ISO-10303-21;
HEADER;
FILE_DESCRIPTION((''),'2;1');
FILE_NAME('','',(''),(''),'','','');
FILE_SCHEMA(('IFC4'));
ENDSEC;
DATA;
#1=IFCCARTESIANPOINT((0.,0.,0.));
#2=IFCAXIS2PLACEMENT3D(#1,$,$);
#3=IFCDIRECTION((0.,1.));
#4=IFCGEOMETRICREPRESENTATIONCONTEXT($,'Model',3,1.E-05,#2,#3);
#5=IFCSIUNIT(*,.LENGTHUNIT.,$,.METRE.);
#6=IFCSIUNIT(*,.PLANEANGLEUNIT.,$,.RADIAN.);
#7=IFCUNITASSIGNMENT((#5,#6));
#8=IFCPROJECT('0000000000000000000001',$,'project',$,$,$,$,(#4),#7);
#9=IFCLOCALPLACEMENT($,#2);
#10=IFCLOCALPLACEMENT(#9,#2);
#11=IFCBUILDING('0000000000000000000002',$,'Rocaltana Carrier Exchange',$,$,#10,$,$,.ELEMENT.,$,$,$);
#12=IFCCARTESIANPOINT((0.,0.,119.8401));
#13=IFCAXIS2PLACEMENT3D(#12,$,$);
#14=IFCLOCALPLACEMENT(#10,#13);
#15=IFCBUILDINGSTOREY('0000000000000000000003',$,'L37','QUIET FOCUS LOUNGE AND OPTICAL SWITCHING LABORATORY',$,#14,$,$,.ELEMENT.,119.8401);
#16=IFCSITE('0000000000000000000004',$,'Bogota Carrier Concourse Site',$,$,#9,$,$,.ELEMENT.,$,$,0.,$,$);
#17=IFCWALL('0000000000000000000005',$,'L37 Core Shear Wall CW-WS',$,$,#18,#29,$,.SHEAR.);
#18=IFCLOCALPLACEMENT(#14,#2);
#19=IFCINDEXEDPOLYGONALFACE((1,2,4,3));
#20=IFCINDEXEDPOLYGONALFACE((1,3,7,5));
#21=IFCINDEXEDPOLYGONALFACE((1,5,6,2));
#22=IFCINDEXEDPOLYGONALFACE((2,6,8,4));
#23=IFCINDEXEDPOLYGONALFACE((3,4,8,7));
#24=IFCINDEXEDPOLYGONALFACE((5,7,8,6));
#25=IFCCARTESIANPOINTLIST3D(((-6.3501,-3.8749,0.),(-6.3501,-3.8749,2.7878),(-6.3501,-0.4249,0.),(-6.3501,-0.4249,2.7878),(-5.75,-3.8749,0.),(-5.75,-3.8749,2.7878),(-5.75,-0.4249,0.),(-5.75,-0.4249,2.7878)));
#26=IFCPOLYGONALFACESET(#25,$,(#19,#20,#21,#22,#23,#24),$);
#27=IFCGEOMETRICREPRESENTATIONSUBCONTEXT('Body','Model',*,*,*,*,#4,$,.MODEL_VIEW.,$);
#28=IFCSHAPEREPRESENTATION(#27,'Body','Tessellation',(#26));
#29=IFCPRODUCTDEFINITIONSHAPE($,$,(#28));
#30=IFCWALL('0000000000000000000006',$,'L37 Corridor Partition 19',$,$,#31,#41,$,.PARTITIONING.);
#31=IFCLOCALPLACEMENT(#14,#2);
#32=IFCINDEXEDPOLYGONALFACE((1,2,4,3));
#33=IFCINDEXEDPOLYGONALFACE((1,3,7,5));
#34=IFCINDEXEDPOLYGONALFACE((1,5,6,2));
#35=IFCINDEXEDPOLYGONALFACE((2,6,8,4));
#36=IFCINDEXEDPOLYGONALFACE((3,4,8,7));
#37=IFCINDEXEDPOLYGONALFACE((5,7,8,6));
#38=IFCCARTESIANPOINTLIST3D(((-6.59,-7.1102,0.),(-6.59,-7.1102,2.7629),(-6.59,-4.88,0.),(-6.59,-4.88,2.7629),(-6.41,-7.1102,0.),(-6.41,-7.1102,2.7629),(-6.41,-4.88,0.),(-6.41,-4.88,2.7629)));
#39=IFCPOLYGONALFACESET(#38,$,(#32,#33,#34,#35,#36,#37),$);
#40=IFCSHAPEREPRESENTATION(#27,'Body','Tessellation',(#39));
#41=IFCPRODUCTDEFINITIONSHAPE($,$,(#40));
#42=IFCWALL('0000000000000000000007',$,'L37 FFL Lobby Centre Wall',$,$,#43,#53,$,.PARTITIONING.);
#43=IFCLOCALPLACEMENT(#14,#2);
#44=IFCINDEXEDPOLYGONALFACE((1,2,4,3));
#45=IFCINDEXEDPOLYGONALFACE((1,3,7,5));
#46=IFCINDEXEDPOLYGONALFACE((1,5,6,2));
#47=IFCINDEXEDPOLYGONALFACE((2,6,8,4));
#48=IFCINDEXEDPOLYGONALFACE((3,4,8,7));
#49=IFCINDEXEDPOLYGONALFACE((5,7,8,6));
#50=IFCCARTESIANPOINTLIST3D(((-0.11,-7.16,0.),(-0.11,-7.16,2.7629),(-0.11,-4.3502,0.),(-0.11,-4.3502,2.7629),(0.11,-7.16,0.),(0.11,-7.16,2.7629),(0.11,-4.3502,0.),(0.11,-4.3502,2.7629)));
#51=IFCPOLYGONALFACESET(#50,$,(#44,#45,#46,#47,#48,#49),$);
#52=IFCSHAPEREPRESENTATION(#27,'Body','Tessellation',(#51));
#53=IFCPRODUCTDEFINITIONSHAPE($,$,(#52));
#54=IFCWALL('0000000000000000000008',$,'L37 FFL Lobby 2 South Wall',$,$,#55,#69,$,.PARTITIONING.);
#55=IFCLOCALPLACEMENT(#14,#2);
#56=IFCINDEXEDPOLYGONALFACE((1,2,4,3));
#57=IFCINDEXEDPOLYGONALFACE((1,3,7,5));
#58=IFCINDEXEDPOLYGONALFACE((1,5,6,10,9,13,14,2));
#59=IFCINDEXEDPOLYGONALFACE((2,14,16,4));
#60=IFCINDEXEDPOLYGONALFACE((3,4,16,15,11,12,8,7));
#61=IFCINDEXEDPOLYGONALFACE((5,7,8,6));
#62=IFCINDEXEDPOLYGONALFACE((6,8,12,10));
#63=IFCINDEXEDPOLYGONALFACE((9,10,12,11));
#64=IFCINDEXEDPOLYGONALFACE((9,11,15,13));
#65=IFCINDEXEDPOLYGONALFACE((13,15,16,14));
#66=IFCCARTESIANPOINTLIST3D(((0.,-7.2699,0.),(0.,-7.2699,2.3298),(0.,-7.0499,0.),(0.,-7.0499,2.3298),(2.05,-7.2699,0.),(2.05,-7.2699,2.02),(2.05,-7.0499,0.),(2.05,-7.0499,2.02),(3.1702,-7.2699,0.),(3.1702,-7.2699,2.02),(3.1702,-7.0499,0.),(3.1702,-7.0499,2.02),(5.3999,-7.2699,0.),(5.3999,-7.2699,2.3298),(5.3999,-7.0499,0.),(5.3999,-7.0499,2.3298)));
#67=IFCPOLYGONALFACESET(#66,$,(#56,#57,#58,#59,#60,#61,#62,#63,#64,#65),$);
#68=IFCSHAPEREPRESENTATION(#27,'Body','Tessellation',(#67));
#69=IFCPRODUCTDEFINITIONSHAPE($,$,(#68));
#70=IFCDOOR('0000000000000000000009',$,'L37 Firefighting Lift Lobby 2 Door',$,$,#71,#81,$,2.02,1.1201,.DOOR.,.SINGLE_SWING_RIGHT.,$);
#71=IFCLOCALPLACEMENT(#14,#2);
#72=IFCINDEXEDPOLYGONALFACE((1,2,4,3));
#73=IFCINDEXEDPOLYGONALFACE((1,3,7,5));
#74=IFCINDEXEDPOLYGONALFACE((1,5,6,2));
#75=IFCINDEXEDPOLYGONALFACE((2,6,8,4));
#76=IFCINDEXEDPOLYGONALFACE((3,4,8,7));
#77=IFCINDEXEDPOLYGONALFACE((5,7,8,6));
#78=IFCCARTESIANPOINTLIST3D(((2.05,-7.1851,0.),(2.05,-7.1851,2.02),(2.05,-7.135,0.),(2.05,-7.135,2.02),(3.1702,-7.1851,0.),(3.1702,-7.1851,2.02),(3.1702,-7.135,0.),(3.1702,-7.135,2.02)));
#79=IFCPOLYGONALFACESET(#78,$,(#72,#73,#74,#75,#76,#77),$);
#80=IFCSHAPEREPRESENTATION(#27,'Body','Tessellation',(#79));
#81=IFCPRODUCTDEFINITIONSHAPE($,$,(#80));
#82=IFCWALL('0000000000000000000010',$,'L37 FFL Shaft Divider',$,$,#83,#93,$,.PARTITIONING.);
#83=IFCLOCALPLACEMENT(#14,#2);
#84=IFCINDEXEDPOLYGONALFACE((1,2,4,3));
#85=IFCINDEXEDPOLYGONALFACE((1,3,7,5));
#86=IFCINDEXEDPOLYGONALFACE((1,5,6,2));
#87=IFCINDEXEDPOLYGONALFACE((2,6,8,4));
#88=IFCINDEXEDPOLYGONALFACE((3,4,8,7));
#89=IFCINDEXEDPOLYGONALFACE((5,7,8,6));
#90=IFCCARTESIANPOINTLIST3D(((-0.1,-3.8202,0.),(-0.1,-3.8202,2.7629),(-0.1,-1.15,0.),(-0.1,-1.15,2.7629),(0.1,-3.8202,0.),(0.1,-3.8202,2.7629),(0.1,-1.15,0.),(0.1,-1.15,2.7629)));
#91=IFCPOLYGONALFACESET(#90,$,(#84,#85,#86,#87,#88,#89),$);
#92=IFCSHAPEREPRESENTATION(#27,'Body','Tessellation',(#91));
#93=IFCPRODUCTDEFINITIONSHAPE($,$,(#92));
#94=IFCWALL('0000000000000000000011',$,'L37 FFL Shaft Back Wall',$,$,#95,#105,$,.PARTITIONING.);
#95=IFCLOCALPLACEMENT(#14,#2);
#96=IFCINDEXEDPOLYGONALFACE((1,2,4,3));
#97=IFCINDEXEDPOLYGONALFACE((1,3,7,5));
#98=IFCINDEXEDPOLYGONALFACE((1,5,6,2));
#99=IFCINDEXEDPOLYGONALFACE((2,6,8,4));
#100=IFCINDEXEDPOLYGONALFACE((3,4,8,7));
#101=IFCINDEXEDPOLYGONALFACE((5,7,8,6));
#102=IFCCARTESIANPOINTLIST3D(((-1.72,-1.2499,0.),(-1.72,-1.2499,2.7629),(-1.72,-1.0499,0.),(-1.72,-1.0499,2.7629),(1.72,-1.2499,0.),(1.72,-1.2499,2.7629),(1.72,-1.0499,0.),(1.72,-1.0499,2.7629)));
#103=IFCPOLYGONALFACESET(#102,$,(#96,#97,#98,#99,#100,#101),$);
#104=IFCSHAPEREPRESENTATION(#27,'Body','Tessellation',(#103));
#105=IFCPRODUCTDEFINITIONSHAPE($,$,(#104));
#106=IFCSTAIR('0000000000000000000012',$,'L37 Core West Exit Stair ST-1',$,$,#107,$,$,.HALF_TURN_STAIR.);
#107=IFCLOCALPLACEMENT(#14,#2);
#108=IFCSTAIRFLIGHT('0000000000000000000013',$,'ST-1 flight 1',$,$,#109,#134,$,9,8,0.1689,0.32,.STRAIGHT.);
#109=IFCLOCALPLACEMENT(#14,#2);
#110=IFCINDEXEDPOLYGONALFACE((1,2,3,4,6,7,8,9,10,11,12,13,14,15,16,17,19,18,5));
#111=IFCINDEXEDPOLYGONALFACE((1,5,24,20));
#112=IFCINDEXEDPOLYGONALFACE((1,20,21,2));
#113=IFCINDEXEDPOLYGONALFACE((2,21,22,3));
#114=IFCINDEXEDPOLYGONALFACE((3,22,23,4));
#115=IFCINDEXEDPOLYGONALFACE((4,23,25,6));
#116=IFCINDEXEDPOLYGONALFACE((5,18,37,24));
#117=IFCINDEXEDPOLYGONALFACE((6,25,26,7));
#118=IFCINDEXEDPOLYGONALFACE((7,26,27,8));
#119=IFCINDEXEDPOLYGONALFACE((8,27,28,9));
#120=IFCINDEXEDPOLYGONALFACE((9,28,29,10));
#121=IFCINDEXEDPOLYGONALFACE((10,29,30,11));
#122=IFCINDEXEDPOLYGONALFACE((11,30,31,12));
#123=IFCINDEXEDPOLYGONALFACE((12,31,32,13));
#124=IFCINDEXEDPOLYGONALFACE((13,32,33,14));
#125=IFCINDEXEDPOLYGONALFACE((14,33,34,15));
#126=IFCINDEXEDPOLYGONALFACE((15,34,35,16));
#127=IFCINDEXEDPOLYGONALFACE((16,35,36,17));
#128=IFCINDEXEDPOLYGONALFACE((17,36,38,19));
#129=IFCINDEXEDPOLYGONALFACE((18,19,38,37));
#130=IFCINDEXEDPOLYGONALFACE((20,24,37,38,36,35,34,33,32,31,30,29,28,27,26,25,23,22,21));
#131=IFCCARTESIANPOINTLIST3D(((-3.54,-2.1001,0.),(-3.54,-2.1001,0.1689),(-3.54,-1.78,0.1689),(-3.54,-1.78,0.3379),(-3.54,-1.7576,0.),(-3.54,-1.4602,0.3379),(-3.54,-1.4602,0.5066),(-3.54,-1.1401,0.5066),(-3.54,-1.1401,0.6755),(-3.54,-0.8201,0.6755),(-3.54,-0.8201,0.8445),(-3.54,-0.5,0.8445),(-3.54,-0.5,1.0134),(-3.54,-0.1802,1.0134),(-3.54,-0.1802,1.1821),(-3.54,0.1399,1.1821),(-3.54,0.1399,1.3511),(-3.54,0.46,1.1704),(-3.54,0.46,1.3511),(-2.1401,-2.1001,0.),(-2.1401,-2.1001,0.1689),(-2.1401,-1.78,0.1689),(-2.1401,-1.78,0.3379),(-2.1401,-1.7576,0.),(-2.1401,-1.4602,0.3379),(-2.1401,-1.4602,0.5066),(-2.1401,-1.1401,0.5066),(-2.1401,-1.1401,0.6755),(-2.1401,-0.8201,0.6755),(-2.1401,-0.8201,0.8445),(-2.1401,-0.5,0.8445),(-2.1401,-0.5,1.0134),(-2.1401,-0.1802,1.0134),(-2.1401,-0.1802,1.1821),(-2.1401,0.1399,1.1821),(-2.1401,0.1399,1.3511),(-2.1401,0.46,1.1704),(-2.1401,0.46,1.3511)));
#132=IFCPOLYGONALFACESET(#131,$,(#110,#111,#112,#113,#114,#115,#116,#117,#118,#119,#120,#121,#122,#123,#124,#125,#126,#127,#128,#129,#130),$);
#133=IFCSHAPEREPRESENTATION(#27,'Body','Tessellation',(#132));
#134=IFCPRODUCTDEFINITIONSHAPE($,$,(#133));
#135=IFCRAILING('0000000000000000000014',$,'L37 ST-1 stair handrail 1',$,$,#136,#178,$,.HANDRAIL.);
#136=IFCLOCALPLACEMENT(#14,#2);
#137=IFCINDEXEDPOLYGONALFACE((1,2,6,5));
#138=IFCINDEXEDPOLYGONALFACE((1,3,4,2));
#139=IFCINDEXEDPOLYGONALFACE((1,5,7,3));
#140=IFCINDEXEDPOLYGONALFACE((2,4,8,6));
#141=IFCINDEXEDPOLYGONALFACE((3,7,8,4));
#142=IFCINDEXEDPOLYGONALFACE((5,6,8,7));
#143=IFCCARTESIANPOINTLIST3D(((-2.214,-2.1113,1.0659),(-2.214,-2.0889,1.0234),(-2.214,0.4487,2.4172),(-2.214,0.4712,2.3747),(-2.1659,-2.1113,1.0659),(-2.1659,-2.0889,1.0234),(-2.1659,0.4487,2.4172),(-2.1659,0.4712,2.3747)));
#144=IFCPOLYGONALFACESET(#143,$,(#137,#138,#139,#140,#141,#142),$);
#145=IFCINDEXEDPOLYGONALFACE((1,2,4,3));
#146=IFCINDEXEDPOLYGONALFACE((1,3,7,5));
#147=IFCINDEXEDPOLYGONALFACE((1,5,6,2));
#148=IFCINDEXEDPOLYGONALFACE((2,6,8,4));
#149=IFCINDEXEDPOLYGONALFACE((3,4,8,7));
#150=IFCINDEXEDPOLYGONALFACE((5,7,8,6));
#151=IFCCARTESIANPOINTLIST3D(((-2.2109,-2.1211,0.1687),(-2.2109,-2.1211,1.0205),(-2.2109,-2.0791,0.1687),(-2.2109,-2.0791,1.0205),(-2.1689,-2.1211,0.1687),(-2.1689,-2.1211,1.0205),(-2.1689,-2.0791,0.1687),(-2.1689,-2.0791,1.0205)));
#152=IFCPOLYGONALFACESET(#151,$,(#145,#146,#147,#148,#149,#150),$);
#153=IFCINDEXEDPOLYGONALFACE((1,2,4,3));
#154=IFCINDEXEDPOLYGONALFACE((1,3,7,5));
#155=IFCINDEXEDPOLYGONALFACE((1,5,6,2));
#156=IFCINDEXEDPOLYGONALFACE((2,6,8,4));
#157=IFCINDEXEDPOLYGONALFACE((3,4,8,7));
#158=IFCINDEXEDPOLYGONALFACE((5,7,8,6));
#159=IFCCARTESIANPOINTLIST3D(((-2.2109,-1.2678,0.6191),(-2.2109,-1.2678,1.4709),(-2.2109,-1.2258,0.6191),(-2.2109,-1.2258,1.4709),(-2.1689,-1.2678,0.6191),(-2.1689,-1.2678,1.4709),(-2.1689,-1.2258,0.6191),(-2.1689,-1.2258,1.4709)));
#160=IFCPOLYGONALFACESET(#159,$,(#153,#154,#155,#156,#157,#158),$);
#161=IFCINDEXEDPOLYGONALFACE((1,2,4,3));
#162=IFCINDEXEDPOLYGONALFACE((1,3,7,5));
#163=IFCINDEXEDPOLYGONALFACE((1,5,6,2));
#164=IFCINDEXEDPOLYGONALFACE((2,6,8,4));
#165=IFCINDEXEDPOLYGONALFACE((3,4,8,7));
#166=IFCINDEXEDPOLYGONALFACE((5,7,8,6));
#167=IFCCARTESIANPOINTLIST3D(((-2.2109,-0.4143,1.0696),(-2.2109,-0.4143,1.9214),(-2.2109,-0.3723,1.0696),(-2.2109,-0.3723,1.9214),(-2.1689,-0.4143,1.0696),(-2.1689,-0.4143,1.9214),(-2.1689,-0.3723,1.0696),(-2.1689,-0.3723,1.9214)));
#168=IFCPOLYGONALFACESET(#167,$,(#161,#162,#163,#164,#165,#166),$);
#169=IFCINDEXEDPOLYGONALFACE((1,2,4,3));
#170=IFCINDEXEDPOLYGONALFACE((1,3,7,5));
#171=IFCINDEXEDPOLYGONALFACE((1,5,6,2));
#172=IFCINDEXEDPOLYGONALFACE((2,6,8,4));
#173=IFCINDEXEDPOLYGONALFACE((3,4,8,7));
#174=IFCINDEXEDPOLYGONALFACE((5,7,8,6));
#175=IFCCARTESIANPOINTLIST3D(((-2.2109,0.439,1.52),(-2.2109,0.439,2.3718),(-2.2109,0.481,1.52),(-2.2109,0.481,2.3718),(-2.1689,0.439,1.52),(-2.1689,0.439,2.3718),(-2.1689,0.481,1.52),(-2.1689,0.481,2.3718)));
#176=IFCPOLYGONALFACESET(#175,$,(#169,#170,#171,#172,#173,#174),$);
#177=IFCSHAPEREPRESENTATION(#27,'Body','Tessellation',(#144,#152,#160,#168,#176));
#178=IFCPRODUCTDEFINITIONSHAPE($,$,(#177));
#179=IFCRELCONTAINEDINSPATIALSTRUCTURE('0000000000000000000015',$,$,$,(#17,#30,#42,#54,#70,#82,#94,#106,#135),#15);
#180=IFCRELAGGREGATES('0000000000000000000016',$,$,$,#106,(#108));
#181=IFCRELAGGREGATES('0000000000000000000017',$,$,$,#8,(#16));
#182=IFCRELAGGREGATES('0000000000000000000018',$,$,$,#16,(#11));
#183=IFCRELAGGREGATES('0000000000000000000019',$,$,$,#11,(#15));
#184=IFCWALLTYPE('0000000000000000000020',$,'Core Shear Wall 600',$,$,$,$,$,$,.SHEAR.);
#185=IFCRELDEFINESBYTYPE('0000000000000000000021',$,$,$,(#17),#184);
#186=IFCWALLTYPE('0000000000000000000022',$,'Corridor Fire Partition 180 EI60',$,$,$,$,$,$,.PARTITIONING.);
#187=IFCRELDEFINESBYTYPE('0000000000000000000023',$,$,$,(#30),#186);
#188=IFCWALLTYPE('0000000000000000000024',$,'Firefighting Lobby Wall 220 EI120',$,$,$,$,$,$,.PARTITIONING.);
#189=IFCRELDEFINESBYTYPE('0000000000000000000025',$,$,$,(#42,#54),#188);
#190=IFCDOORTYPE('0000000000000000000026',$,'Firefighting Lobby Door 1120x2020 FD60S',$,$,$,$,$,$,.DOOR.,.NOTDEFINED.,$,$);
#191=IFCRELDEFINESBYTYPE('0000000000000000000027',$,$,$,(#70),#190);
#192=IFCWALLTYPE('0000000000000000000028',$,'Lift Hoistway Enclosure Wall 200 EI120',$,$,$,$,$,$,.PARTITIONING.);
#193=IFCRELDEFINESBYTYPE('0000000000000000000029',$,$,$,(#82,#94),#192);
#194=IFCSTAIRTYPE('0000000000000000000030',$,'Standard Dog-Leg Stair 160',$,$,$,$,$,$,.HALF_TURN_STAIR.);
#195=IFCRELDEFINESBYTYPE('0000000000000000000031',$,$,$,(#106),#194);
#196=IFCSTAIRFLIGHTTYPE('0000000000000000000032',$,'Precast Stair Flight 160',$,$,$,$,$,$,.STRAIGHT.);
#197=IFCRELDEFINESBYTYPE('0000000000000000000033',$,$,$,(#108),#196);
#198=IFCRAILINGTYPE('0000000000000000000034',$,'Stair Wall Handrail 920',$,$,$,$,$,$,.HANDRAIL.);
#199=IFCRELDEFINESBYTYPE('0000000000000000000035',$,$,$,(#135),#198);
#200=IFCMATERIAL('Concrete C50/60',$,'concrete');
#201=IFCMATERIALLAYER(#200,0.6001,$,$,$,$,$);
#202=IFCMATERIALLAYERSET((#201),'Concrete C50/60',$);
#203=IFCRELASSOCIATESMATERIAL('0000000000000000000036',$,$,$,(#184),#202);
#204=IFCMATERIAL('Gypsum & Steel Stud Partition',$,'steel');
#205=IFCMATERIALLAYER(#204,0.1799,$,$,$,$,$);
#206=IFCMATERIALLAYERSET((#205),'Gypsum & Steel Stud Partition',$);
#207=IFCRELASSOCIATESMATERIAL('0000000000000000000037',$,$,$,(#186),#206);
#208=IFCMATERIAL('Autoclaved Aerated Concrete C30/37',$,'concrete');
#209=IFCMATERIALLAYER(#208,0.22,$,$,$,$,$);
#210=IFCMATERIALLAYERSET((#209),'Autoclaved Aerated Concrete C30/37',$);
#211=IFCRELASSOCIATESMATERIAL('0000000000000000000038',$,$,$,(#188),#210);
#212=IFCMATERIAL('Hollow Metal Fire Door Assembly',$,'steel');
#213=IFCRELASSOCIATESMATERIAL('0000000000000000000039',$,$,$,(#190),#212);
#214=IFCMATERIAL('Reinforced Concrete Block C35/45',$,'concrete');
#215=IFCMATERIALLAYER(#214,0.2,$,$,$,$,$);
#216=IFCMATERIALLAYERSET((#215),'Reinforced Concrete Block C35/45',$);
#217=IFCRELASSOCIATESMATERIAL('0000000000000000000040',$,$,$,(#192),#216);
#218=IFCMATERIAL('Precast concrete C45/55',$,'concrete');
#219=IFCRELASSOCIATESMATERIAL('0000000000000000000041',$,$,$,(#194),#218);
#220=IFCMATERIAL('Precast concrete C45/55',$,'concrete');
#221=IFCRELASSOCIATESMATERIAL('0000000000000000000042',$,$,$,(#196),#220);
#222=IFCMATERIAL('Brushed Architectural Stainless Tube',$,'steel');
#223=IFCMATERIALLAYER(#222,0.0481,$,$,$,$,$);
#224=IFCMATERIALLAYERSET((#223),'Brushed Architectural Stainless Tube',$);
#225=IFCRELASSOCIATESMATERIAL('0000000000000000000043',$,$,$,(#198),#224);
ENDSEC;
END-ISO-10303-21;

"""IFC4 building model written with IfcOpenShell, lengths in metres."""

from ifc_helpers import new_model, si_unit, direction, frame, frame_2d, origin, origin_2d, place, context, subcontext, project, spatial, polyline, rectangle, outline, extrude, material, layer, layer_set, type_object, element, fill, aggregate, save


model = new_model("IFC4")

# Units and contexts
model_context = context("Model", 3, precision=1e-05, world=origin(), true_north=direction((0.0, 1.0)))
body_context = subcontext(model_context, "Body", "Model", "MODEL_VIEW")
ifc_project = project(units=[si_unit("LENGTHUNIT", "METRE"), si_unit("PLANEANGLEUNIT", "RADIAN")], contexts=[model_context])

# Site, building, storey
site_placement = place(None, origin())
site = spatial("IfcSite", under=ifc_project, at=site_placement, Name="Bogota Carrier Concourse Site", CompositionType="ELEMENT", RefElevation=0.0)
building_placement = place(site_placement, origin())
building = spatial("IfcBuilding", under=site, at=building_placement, Name="Rocaltana Carrier Exchange", CompositionType="ELEMENT")
storey_placement = place(building_placement, frame((0.0, 0.0, 119.8401)))
storey = spatial("IfcBuildingStorey", under=building, at=storey_placement, Name="L37", Description="QUIET FOCUS LOUNGE AND OPTICAL SWITCHING LABORATORY", CompositionType="ELEMENT", Elevation=119.8401)

# Walls
ifc_material_1 = material(Name="Concrete C50/60", Category="concrete")
ifc_layer_1 = layer(ifc_material_1, 0.6001)
ifc_layer_set_1 = layer_set([ifc_layer_1], Name="Concrete C50/60")
wall_type_1 = type_object("IfcWallType", Name="Core Shear Wall 600", PredefinedType="SHEAR", material=ifc_layer_set_1)
wall_1_placement = place(storey_placement, frame((-6.05, -3.875, 0.0), z_axis=(0.0, 0.0, 1.0), x_axis=(0.0, 1.0, 0.0)))
element("IfcWall", 1, at=wall_1_placement, inside=storey, type_object=wall_type_1, Name="L37 Core Shear Wall CW-WS", PredefinedType="SHEAR", context=body_context, shape_type="SweptSolid", body=[
    extrude(rectangle(XDim=3.45, YDim=0.6001, at=frame_2d((1.7251, 0.0))), origin(), (0.0, 0.0, 1.0), 2.7878),
])
ifc_material_2 = material(Name="Gypsum & Steel Stud Partition", Category="steel")
ifc_layer_2 = layer(ifc_material_2, 0.1799)
ifc_layer_set_2 = layer_set([ifc_layer_2], Name="Gypsum & Steel Stud Partition")
wall_type_2 = type_object("IfcWallType", Name="Corridor Fire Partition 180 EI60", PredefinedType="PARTITIONING", material=ifc_layer_set_2)
wall_2_placement = place(storey_placement, frame((-6.5, -4.8799, 0.0), z_axis=(0.0, 0.0, 1.0), x_axis=(0.0, -1.0, 0.0)))
element("IfcWall", 2, at=wall_2_placement, inside=storey, type_object=wall_type_2, Name="L37 Corridor Partition 19", PredefinedType="PARTITIONING", context=body_context, shape_type="SweptSolid", body=[
    extrude(rectangle(XDim=2.2302, YDim=0.1799, at=frame_2d((1.1152, 0.0))), origin(), (0.0, 0.0, 1.0), 2.7629),
])
ifc_material_3 = material(Name="Autoclaved Aerated Concrete C30/37", Category="concrete")
ifc_layer_3 = layer(ifc_material_3, 0.22)
ifc_layer_set_3 = layer_set([ifc_layer_3], Name="Autoclaved Aerated Concrete C30/37")
wall_type_3 = type_object("IfcWallType", Name="Firefighting Lobby Wall 220 EI120", PredefinedType="PARTITIONING", material=ifc_layer_set_3)
wall_3_placement = place(storey_placement, frame((0.0, -7.1599, 0.0), z_axis=(0.0, 0.0, 1.0), x_axis=(0.0, 1.0, 0.0)))
element("IfcWall", 3, at=wall_3_placement, inside=storey, type_object=wall_type_3, Name="L37 FFL Lobby Centre Wall", PredefinedType="PARTITIONING", context=body_context, shape_type="SweptSolid", body=[
    extrude(rectangle(XDim=2.8098, YDim=0.22, at=frame_2d((1.4048, 0.0))), origin(), (0.0, 0.0, 1.0), 2.7629),
])

# Wall, opening, door
wall_4_placement = place(storey_placement, frame((0.0, -7.1599, 0.0), z_axis=(0.0, 0.0, 1.0), x_axis=(1.0, 0.0, 0.0)))
wall_4 = element("IfcWall", 4, at=wall_4_placement, inside=storey, type_object=wall_type_3, Name="L37 FFL Lobby 2 South Wall", PredefinedType="PARTITIONING", context=body_context, shape_type="SweptSolid", body=[
    extrude(rectangle(XDim=5.3999, YDim=0.22, at=frame_2d((2.7, 0.0))), origin(), (0.0, 0.0, 1.0), 2.3298),
])
opening_1_placement = place(wall_4_placement, frame((2.05, 0.0, 0.0)))
opening_1 = element("IfcOpeningElement", 5, at=opening_1_placement, cuts=wall_4, PredefinedType="OPENING", context=body_context, shape_type="SweptSolid", body=[
    extrude(rectangle(XDim=1.1201, YDim=2.02, at=frame_2d((0.5601, 1.01))), frame((0.0, 0.1199, 0.0), z_axis=(0.0, -1.0, 0.0), x_axis=(1.0, 0.0, 0.0)), (0.0, 0.0, 1.0), 0.24),
])
ifc_material_4 = material(Name="Hollow Metal Fire Door Assembly", Category="steel")
door_type_1 = type_object("IfcDoorType", Name="Firefighting Lobby Door 1120x2020 FD60S", OperationType="NOTDEFINED", PredefinedType="DOOR", material=ifc_material_4)
door_1_placement = place(opening_1_placement, origin())
door_1 = element("IfcDoor", 6, at=door_1_placement, inside=storey, type_object=door_type_1, Name="L37 Firefighting Lift Lobby 2 Door", OperationType="SINGLE_SWING_RIGHT", OverallHeight=2.02, OverallWidth=1.1201, PredefinedType="DOOR", context=body_context, shape_type="SweptSolid", body=[
    extrude(rectangle(XDim=1.1201, YDim=2.02, at=frame_2d((0.5601, 1.01))), frame((0.0, 0.0249, 0.0), z_axis=(0.0, -1.0, 0.0), x_axis=(1.0, 0.0, 0.0)), (0.0, 0.0, 1.0), 0.05),
])
fill(opening_1, door_1)

# Walls
ifc_material_5 = material(Name="Reinforced Concrete Block C35/45", Category="concrete")
ifc_layer_4 = layer(ifc_material_5, 0.2)
ifc_layer_set_4 = layer_set([ifc_layer_4], Name="Reinforced Concrete Block C35/45")
wall_type_4 = type_object("IfcWallType", Name="Lift Hoistway Enclosure Wall 200 EI120", PredefinedType="PARTITIONING", material=ifc_layer_set_4)
wall_5_placement = place(storey_placement, frame((0.0, -3.8201, 0.0), z_axis=(0.0, 0.0, 1.0), x_axis=(0.0, 1.0, 0.0)))
element("IfcWall", 7, at=wall_5_placement, inside=storey, type_object=wall_type_4, Name="L37 FFL Shaft Divider", PredefinedType="PARTITIONING", context=body_context, shape_type="SweptSolid", body=[
    extrude(rectangle(XDim=2.6702, YDim=0.2, at=frame_2d((1.335, 0.0))), origin(), (0.0, 0.0, 1.0), 2.7629),
])
wall_6_placement = place(storey_placement, frame((-1.72, -1.1499, 0.0), z_axis=(0.0, 0.0, 1.0), x_axis=(1.0, 0.0, 0.0)))
element("IfcWall", 8, at=wall_6_placement, inside=storey, type_object=wall_type_4, Name="L37 FFL Shaft Back Wall", PredefinedType="PARTITIONING", context=body_context, shape_type="SweptSolid", body=[
    extrude(rectangle(XDim=3.4399, YDim=0.2, at=frame_2d((1.72, 0.0))), origin(), (0.0, 0.0, 1.0), 2.7629),
])

# Stair, stair flight
ifc_material_6 = material(Name="Precast concrete C45/55", Category="concrete")
stair_type = type_object("IfcStairType", Name="Standard Dog-Leg Stair 160", PredefinedType="HALF_TURN_STAIR", material=ifc_material_6)
stair_placement = place(storey_placement, origin())
stair = element("IfcStair", 9, at=stair_placement, inside=storey, type_object=stair_type, Name="L37 Core West Exit Stair ST-1", PredefinedType="HALF_TURN_STAIR")
ifc_material_7 = material(Name="Precast concrete C45/55", Category="concrete")
stair_flight_type = type_object("IfcStairFlightType", Name="Precast Stair Flight 160", PredefinedType="STRAIGHT", material=ifc_material_7)
stair_flight_placement = place(storey_placement, frame((-2.8401, -2.1001, 0.0), z_axis=(0.0, 0.0, 1.0), x_axis=(0.0, 1.0, 0.0)))
stair_flight = element("IfcStairFlight", 10, at=stair_flight_placement, type_object=stair_flight_type, Name="ST-1 flight 1", NumberOfRisers=9, NumberOfTreads=8, PredefinedType="STRAIGHT", RiserHeight=0.1689, TreadLength=0.32, context=body_context, shape_type="SweptSolid", body=[
    extrude(outline(polyline([(0.0, 0.0), (0.0, 0.1689), (0.3201, 0.1689), (0.3201, 0.3379), (0.6399, 0.3379), (0.6399, 0.5066), (0.96, 0.5066), (0.96, 0.6755), (1.28, 0.6755), (1.28, 0.8445), (1.6001, 0.8445), (1.6001, 1.0134), (1.9199, 1.0134), (1.9199, 1.1821), (2.24, 1.1821), (2.24, 1.3511), (2.5601, 1.3511), (2.5601, 1.52), (2.5601, 1.1704), (0.3425, 0.0), (0.0, 0.0)])), frame((0.0, 0.7, 0.0), z_axis=(0.0, -1.0, 0.0), x_axis=(1.0, 0.0, 0.0)), (0.0, 0.0, 1.0), 1.3999),
])
aggregate(stair, [stair_flight])

# Railing
ifc_material_8 = material(Name="Brushed Architectural Stainless Tube", Category="steel")
ifc_layer_5 = layer(ifc_material_8, 0.0481)
ifc_layer_set_5 = layer_set([ifc_layer_5], Name="Brushed Architectural Stainless Tube")
railing_type_1 = type_object("IfcRailingType", Name="Stair Wall Handrail 920", PredefinedType="HANDRAIL", material=ifc_layer_set_5)
railing_1_placement = place(storey_placement, frame((-2.1899, -2.1001, 0.1687)))
element("IfcRailing", 11, at=railing_1_placement, inside=storey, type_object=railing_type_1, Name="L37 ST-1 stair handrail 1", PredefinedType="HANDRAIL", context=body_context, shape_type="SweptSolid", body=[
    extrude(rectangle(XDim=0.0481, YDim=0.0481, at=origin_2d()), frame((0.0, 0.0, 0.876), z_axis=(0.0, 0.88436, 0.466806), x_axis=(-1.0, 0.0, 0.0)), (0.0, 0.0, 1.0), 2.8948),
    extrude(rectangle(XDim=0.042, YDim=0.042, at=origin_2d()), origin(), (0.0, 0.0, 1.0), 0.8518),
    extrude(rectangle(XDim=0.042, YDim=0.042, at=origin_2d()), frame((0.0, 0.8533, 0.4504)), (0.0, 0.0, 1.0), 0.8518),
    extrude(rectangle(XDim=0.042, YDim=0.042, at=origin_2d()), frame((0.0, 1.7068, 0.9009)), (0.0, 0.0, 1.0), 0.8518),
    extrude(rectangle(XDim=0.042, YDim=0.042, at=origin_2d()), frame((0.0, 2.5601, 1.3513)), (0.0, 0.0, 1.0), 0.8518),
])

save(model, "model.ifc")
